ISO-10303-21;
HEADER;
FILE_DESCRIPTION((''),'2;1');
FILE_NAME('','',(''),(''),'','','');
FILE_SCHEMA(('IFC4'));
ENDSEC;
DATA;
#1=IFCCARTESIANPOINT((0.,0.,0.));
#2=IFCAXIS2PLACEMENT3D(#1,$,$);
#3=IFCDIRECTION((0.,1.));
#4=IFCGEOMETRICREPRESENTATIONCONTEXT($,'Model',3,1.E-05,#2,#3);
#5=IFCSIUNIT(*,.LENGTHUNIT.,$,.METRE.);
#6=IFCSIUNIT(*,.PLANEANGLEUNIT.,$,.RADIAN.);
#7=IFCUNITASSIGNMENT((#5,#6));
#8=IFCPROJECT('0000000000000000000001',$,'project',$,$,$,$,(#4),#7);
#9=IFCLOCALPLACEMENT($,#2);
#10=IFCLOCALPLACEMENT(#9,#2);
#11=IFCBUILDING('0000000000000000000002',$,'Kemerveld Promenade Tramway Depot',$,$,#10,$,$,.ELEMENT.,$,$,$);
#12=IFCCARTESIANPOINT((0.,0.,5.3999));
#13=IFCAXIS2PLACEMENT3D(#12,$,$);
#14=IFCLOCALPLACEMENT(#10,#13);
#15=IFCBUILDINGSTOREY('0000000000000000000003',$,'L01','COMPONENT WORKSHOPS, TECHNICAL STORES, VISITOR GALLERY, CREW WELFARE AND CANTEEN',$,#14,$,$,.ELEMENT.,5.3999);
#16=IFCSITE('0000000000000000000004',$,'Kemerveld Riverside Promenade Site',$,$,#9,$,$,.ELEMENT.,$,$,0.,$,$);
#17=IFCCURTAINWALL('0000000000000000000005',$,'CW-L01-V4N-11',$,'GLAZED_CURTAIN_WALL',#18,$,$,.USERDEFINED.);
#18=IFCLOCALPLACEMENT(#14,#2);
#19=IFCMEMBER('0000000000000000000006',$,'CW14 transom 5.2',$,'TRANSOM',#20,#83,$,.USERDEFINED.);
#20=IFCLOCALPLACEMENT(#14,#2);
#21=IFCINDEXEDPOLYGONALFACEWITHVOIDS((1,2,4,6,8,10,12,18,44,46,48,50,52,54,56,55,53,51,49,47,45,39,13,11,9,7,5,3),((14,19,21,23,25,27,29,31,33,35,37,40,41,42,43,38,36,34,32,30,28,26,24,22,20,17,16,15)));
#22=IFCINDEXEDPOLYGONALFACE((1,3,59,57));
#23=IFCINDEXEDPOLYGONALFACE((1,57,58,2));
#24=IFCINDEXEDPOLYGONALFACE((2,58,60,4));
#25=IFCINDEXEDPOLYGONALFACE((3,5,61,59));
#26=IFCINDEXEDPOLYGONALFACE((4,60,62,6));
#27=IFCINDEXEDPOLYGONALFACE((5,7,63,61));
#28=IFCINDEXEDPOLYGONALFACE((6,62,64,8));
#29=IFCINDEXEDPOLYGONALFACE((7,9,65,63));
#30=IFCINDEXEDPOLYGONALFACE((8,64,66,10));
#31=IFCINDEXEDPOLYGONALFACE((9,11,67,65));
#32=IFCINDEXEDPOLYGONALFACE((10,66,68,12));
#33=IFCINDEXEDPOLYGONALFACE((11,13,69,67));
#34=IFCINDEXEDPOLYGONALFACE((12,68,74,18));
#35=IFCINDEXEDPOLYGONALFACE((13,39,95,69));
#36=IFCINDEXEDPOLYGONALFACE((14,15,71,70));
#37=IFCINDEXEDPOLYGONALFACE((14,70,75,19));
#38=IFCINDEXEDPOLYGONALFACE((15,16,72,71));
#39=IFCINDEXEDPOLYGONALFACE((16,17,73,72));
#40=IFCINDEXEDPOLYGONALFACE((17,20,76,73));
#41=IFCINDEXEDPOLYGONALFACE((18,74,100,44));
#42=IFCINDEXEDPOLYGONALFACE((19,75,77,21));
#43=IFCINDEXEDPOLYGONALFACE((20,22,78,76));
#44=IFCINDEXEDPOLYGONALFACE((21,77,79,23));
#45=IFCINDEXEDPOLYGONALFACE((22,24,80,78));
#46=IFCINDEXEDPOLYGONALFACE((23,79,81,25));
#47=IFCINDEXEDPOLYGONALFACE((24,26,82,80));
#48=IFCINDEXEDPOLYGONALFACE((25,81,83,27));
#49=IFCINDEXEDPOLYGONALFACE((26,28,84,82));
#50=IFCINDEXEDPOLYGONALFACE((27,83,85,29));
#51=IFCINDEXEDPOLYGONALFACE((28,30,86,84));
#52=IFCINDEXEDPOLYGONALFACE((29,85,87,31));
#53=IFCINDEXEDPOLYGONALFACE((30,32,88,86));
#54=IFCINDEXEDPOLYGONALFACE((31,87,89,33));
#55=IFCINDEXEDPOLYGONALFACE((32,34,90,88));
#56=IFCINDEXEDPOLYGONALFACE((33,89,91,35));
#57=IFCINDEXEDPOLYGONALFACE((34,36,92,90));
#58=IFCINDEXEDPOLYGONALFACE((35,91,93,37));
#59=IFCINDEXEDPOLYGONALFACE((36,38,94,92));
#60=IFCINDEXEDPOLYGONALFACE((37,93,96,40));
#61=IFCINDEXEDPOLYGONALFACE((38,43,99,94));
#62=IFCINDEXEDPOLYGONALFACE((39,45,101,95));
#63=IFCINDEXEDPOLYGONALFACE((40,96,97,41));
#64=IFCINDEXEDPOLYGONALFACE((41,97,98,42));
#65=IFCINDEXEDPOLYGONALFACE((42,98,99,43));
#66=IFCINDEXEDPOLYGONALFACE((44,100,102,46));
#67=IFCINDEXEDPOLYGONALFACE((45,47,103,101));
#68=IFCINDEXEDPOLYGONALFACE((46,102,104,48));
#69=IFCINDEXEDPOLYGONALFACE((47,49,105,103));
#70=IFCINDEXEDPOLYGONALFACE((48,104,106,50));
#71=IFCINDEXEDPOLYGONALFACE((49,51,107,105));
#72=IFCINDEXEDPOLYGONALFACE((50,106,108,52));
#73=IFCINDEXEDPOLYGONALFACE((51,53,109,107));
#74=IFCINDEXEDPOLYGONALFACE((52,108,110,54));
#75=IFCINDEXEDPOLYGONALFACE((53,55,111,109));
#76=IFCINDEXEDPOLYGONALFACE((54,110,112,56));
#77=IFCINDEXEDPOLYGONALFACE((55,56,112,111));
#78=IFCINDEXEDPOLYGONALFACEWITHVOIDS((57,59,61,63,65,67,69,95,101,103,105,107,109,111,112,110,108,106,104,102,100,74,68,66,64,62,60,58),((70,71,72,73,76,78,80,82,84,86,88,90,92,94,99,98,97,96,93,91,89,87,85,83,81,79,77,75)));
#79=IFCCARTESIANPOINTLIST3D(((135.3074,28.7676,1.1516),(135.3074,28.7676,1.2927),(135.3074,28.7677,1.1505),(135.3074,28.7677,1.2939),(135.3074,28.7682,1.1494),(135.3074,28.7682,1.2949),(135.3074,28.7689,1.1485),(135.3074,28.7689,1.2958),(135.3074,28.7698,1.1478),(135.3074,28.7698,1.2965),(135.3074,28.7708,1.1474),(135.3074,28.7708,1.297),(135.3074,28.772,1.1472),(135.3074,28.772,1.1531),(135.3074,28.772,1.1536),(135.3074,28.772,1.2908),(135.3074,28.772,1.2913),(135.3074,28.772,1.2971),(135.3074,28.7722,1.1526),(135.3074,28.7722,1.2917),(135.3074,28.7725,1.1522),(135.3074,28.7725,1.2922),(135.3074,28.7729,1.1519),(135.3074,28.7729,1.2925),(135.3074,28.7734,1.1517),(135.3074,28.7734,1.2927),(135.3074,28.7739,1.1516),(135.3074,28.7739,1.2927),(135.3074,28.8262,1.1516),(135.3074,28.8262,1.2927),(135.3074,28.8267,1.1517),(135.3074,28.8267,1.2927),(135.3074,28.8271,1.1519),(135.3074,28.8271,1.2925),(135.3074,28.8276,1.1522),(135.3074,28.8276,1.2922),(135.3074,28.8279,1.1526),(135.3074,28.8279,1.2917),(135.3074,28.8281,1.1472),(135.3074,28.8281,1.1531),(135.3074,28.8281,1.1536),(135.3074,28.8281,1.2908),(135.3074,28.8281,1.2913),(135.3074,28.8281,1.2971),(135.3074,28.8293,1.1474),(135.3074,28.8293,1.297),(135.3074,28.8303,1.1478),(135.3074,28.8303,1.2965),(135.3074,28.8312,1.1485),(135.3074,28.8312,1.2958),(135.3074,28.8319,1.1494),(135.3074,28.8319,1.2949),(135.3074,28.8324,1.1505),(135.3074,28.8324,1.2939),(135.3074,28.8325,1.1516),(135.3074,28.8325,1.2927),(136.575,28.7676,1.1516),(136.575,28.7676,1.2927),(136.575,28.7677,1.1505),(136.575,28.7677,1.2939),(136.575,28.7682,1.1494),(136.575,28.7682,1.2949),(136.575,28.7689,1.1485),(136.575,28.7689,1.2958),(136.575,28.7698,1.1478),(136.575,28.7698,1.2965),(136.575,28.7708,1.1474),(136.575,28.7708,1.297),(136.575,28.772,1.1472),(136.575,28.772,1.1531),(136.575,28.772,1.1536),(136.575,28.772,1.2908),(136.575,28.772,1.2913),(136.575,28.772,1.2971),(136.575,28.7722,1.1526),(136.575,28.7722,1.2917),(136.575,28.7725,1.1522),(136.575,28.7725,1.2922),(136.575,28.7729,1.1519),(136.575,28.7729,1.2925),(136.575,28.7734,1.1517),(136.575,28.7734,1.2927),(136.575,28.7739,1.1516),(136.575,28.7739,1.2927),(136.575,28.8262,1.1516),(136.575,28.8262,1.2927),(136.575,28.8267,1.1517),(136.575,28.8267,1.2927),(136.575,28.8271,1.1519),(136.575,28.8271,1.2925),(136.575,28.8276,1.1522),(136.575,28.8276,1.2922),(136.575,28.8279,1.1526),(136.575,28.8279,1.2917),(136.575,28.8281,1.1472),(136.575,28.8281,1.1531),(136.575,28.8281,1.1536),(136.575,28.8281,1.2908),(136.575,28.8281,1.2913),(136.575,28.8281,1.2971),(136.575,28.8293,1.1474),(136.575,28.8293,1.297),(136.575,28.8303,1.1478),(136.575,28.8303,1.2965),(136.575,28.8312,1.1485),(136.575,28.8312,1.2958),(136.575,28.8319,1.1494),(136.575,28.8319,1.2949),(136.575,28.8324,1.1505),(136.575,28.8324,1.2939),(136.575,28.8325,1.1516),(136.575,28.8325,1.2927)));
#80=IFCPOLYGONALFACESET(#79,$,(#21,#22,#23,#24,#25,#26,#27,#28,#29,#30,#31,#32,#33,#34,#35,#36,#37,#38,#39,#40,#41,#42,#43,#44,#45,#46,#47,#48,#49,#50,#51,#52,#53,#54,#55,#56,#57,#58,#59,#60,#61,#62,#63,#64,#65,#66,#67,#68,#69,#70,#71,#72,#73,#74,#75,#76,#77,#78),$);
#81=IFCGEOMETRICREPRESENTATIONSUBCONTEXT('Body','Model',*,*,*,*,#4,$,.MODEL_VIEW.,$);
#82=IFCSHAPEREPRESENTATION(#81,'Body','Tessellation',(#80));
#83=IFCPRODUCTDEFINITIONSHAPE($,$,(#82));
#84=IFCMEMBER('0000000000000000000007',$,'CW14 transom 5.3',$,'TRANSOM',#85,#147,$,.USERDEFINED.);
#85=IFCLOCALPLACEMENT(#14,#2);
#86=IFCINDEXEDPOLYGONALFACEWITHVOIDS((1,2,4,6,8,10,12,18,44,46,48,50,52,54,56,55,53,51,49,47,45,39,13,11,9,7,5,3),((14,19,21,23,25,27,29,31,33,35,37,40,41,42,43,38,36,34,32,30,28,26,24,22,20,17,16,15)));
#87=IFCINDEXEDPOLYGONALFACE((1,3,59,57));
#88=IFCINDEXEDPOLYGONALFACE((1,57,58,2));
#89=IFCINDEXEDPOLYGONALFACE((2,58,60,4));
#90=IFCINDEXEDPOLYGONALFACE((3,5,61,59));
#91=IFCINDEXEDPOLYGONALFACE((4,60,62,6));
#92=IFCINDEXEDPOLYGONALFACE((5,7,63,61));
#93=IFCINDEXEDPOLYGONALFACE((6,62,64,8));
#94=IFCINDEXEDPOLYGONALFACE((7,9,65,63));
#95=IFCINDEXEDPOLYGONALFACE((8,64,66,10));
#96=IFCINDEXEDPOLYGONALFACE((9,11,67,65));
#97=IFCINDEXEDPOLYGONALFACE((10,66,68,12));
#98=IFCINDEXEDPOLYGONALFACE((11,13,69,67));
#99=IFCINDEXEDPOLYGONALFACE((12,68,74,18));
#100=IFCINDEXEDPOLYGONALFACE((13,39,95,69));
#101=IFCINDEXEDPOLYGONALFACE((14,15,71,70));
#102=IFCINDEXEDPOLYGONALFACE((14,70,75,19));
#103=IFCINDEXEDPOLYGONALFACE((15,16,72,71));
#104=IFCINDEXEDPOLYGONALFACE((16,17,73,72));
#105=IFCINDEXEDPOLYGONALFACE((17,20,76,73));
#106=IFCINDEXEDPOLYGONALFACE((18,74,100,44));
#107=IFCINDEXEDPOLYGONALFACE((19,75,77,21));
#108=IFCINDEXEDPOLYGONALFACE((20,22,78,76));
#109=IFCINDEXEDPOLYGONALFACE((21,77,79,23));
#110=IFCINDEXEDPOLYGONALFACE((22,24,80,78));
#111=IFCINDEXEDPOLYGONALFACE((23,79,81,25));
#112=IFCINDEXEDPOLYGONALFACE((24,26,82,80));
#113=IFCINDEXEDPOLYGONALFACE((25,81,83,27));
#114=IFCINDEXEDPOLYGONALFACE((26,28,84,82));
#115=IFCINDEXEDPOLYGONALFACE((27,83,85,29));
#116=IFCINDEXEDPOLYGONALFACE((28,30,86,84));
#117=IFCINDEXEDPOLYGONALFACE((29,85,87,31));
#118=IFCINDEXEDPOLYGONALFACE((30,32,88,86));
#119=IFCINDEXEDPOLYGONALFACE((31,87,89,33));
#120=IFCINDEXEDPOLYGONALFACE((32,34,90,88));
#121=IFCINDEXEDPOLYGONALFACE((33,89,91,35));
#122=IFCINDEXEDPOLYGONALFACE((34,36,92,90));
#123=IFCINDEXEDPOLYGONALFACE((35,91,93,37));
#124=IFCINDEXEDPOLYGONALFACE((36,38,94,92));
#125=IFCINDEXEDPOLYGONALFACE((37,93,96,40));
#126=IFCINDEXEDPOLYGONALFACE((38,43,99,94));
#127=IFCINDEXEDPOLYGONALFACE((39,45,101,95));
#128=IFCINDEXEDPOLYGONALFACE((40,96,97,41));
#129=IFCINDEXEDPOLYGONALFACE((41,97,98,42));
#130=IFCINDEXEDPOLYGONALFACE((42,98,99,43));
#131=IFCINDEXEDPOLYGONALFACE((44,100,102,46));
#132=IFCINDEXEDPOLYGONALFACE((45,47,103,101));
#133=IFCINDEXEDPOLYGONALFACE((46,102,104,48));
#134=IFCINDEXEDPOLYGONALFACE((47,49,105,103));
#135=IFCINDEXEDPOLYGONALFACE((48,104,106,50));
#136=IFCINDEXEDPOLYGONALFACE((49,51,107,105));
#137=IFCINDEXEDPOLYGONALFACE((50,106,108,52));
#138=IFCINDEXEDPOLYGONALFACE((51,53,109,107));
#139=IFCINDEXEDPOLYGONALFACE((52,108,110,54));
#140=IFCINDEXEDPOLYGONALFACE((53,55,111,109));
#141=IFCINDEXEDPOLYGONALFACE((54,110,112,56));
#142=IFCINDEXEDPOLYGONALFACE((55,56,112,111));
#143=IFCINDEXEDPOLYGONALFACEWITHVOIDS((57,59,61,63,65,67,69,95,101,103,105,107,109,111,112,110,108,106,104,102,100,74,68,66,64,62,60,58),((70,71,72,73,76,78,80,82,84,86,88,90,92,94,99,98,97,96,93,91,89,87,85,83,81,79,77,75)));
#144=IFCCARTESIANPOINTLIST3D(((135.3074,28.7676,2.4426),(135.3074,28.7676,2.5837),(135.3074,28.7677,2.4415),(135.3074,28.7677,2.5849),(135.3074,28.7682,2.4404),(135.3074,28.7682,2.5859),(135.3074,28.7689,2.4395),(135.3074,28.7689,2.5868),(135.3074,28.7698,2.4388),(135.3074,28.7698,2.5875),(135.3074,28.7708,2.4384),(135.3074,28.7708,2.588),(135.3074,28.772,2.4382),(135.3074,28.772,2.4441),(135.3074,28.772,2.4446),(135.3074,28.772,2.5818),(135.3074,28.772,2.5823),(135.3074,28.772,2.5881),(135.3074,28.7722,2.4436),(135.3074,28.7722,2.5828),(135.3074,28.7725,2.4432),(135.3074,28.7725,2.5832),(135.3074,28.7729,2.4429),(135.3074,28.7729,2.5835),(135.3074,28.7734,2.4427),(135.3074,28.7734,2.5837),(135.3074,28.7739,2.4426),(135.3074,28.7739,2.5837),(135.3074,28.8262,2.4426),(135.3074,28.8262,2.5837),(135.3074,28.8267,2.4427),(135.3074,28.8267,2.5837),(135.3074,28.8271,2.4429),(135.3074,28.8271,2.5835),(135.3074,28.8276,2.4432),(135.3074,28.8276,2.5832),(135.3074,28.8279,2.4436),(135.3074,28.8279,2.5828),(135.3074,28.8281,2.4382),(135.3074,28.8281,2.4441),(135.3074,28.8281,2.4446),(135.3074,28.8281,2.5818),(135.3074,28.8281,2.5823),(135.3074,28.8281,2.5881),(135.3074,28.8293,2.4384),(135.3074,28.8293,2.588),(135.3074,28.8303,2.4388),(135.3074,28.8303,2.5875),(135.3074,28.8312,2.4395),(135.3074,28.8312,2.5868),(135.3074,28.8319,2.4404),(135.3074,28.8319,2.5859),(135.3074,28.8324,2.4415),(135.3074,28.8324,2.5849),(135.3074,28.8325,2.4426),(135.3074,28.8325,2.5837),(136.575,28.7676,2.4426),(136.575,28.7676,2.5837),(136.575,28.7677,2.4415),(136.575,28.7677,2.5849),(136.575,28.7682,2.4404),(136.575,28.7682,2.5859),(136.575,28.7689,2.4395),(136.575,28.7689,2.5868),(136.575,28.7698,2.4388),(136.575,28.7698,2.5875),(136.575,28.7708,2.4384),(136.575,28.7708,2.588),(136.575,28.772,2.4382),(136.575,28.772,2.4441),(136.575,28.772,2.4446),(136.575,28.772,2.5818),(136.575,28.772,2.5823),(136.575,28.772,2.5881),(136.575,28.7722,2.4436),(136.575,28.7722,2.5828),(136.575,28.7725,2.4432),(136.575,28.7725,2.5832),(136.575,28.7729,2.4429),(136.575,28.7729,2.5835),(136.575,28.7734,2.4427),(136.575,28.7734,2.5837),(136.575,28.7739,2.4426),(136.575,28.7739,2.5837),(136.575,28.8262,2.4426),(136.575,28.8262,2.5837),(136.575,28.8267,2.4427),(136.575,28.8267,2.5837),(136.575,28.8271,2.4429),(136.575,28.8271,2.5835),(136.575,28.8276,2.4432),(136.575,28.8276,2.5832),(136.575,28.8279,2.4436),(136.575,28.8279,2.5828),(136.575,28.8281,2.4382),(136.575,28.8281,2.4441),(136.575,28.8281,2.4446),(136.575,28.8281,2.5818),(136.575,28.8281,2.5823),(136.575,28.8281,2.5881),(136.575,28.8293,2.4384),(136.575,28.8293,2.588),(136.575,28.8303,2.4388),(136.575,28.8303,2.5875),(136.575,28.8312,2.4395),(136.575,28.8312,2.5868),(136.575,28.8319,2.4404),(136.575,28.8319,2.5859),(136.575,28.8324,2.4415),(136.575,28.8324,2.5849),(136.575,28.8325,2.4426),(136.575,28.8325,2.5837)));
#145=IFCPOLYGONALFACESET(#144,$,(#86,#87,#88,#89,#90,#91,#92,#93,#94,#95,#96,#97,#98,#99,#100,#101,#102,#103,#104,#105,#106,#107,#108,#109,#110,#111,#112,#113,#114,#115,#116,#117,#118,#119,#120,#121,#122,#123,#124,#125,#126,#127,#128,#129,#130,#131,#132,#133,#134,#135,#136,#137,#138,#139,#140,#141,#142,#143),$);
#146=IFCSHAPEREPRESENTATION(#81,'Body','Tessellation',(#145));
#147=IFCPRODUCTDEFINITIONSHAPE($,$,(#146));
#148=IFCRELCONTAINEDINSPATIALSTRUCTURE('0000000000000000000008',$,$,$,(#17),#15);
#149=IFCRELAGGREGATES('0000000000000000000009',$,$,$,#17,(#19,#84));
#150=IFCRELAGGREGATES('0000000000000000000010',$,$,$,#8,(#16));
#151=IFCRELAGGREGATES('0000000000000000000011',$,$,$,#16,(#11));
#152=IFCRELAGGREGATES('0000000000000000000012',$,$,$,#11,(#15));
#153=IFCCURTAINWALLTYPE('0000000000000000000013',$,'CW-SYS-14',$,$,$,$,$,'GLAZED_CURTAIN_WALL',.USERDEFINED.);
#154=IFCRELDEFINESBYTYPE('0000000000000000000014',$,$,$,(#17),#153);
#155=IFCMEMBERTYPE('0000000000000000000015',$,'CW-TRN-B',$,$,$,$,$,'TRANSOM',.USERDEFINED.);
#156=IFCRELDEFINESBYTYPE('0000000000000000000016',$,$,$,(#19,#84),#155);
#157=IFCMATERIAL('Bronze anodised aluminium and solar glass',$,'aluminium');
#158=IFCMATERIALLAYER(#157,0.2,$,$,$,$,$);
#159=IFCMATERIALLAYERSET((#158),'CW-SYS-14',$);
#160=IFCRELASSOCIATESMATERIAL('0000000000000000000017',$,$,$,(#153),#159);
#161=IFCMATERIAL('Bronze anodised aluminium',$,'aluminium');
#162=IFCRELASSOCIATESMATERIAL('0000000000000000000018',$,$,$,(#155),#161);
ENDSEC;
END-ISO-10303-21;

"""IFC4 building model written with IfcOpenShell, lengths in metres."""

from ifc_helpers import new_model, si_unit, direction, frame, origin, origin_2d, place, context, subcontext, project, spatial, hollow_rectangle, extrude, material, layer, layer_set, material_profile, profile_set, type_object, element, aggregate, save


model = new_model("IFC4")

# Units and contexts
model_context = context("Model", 3, precision=1e-05, world=origin(), true_north=direction((0.0, 1.0)))
body_context = subcontext(model_context, "Body", "Model", "MODEL_VIEW")
ifc_project = project(units=[si_unit("LENGTHUNIT", "METRE"), si_unit("PLANEANGLEUNIT", "RADIAN")], contexts=[model_context])

# Site, building, storey
site_placement = place(None, origin())
site = spatial("IfcSite", under=ifc_project, at=site_placement, Name="Kemerveld Riverside Promenade Site", CompositionType="ELEMENT", RefElevation=0.0)
building_placement = place(site_placement, origin())
building = spatial("IfcBuilding", under=site, at=building_placement, Name="Kemerveld Promenade Tramway Depot", CompositionType="ELEMENT")
storey_placement = place(building_placement, frame((0.0, 0.0, 5.3999)))
storey = spatial("IfcBuildingStorey", under=building, at=storey_placement, Name="L01", Description="COMPONENT WORKSHOPS, TECHNICAL STORES, VISITOR GALLERY, CREW WELFARE AND CANTEEN", CompositionType="ELEMENT", Elevation=5.3999)

# Curtain wall
ifc_material_1 = material(Name="Bronze anodised aluminium and solar glass", Category="aluminium")
ifc_layer_1 = layer(ifc_material_1, 0.2)
ifc_layer_set_1 = layer_set([ifc_layer_1], Name="CW-SYS-14")
curtain_wall_type_1 = type_object("IfcCurtainWallType", Name="CW-SYS-14", ElementType="GLAZED_CURTAIN_WALL", PredefinedType="USERDEFINED", material=ifc_layer_set_1)
curtain_wall_1_placement = place(storey_placement, origin())
curtain_wall_1 = element("IfcCurtainWall", 1, at=curtain_wall_1_placement, inside=storey, type_object=curtain_wall_type_1, Name="CW-L01-V4N-11", ObjectType="GLAZED_CURTAIN_WALL", PredefinedType="USERDEFINED")
ifc_material_2 = material(Name="Bronze anodised aluminium", Category="aluminium")

# Members
ifc_material_profile_1 = material_profile(ifc_material_2, hollow_rectangle(XDim=0.0649, YDim=0.1499, WallThickness=0.0044, InnerFilletRadius=0.002, OuterFilletRadius=0.0044, at=origin_2d()), Name="CW-TRN-150x65")
ifc_profile_set_1 = profile_set([ifc_material_profile_1], Name="Bronze anodised aluminium")
member_type_1 = type_object("IfcMemberType", Name="CW-TRN-B", ElementType="TRANSOM", PredefinedType="USERDEFINED", material=ifc_profile_set_1)
member_1_placement = place(storey_placement, frame((135.3074, 28.8, 1.2222), z_axis=(1.0, 0.0, 0.0), x_axis=(0.0, 1.0, 0.0)))
member_1 = element("IfcMember", 2, at=member_1_placement, type_object=member_type_1, Name="CW14 transom 5.2", ObjectType="TRANSOM", PredefinedType="USERDEFINED", context=body_context, shape_type="SweptSolid", body=[
    extrude(hollow_rectangle(XDim=0.0649, YDim=0.1499, WallThickness=0.0044, InnerFilletRadius=0.002, OuterFilletRadius=0.0044, at=origin_2d()), origin(), (0.0, 0.0, 1.0), 1.2676),
])
member_2_placement = place(storey_placement, frame((135.3074, 28.8, 2.5132), z_axis=(1.0, 0.0, 0.0), x_axis=(0.0, 1.0, 0.0)))
member_2 = element("IfcMember", 3, at=member_2_placement, type_object=member_type_1, Name="CW14 transom 5.3", ObjectType="TRANSOM", PredefinedType="USERDEFINED", context=body_context, shape_type="SweptSolid", body=[
    extrude(hollow_rectangle(XDim=0.0649, YDim=0.1499, WallThickness=0.0044, InnerFilletRadius=0.002, OuterFilletRadius=0.0044, at=origin_2d()), origin(), (0.0, 0.0, 1.0), 1.2676),
])

aggregate(curtain_wall_1, [member_1, member_2])

save(model, "model.ifc")
